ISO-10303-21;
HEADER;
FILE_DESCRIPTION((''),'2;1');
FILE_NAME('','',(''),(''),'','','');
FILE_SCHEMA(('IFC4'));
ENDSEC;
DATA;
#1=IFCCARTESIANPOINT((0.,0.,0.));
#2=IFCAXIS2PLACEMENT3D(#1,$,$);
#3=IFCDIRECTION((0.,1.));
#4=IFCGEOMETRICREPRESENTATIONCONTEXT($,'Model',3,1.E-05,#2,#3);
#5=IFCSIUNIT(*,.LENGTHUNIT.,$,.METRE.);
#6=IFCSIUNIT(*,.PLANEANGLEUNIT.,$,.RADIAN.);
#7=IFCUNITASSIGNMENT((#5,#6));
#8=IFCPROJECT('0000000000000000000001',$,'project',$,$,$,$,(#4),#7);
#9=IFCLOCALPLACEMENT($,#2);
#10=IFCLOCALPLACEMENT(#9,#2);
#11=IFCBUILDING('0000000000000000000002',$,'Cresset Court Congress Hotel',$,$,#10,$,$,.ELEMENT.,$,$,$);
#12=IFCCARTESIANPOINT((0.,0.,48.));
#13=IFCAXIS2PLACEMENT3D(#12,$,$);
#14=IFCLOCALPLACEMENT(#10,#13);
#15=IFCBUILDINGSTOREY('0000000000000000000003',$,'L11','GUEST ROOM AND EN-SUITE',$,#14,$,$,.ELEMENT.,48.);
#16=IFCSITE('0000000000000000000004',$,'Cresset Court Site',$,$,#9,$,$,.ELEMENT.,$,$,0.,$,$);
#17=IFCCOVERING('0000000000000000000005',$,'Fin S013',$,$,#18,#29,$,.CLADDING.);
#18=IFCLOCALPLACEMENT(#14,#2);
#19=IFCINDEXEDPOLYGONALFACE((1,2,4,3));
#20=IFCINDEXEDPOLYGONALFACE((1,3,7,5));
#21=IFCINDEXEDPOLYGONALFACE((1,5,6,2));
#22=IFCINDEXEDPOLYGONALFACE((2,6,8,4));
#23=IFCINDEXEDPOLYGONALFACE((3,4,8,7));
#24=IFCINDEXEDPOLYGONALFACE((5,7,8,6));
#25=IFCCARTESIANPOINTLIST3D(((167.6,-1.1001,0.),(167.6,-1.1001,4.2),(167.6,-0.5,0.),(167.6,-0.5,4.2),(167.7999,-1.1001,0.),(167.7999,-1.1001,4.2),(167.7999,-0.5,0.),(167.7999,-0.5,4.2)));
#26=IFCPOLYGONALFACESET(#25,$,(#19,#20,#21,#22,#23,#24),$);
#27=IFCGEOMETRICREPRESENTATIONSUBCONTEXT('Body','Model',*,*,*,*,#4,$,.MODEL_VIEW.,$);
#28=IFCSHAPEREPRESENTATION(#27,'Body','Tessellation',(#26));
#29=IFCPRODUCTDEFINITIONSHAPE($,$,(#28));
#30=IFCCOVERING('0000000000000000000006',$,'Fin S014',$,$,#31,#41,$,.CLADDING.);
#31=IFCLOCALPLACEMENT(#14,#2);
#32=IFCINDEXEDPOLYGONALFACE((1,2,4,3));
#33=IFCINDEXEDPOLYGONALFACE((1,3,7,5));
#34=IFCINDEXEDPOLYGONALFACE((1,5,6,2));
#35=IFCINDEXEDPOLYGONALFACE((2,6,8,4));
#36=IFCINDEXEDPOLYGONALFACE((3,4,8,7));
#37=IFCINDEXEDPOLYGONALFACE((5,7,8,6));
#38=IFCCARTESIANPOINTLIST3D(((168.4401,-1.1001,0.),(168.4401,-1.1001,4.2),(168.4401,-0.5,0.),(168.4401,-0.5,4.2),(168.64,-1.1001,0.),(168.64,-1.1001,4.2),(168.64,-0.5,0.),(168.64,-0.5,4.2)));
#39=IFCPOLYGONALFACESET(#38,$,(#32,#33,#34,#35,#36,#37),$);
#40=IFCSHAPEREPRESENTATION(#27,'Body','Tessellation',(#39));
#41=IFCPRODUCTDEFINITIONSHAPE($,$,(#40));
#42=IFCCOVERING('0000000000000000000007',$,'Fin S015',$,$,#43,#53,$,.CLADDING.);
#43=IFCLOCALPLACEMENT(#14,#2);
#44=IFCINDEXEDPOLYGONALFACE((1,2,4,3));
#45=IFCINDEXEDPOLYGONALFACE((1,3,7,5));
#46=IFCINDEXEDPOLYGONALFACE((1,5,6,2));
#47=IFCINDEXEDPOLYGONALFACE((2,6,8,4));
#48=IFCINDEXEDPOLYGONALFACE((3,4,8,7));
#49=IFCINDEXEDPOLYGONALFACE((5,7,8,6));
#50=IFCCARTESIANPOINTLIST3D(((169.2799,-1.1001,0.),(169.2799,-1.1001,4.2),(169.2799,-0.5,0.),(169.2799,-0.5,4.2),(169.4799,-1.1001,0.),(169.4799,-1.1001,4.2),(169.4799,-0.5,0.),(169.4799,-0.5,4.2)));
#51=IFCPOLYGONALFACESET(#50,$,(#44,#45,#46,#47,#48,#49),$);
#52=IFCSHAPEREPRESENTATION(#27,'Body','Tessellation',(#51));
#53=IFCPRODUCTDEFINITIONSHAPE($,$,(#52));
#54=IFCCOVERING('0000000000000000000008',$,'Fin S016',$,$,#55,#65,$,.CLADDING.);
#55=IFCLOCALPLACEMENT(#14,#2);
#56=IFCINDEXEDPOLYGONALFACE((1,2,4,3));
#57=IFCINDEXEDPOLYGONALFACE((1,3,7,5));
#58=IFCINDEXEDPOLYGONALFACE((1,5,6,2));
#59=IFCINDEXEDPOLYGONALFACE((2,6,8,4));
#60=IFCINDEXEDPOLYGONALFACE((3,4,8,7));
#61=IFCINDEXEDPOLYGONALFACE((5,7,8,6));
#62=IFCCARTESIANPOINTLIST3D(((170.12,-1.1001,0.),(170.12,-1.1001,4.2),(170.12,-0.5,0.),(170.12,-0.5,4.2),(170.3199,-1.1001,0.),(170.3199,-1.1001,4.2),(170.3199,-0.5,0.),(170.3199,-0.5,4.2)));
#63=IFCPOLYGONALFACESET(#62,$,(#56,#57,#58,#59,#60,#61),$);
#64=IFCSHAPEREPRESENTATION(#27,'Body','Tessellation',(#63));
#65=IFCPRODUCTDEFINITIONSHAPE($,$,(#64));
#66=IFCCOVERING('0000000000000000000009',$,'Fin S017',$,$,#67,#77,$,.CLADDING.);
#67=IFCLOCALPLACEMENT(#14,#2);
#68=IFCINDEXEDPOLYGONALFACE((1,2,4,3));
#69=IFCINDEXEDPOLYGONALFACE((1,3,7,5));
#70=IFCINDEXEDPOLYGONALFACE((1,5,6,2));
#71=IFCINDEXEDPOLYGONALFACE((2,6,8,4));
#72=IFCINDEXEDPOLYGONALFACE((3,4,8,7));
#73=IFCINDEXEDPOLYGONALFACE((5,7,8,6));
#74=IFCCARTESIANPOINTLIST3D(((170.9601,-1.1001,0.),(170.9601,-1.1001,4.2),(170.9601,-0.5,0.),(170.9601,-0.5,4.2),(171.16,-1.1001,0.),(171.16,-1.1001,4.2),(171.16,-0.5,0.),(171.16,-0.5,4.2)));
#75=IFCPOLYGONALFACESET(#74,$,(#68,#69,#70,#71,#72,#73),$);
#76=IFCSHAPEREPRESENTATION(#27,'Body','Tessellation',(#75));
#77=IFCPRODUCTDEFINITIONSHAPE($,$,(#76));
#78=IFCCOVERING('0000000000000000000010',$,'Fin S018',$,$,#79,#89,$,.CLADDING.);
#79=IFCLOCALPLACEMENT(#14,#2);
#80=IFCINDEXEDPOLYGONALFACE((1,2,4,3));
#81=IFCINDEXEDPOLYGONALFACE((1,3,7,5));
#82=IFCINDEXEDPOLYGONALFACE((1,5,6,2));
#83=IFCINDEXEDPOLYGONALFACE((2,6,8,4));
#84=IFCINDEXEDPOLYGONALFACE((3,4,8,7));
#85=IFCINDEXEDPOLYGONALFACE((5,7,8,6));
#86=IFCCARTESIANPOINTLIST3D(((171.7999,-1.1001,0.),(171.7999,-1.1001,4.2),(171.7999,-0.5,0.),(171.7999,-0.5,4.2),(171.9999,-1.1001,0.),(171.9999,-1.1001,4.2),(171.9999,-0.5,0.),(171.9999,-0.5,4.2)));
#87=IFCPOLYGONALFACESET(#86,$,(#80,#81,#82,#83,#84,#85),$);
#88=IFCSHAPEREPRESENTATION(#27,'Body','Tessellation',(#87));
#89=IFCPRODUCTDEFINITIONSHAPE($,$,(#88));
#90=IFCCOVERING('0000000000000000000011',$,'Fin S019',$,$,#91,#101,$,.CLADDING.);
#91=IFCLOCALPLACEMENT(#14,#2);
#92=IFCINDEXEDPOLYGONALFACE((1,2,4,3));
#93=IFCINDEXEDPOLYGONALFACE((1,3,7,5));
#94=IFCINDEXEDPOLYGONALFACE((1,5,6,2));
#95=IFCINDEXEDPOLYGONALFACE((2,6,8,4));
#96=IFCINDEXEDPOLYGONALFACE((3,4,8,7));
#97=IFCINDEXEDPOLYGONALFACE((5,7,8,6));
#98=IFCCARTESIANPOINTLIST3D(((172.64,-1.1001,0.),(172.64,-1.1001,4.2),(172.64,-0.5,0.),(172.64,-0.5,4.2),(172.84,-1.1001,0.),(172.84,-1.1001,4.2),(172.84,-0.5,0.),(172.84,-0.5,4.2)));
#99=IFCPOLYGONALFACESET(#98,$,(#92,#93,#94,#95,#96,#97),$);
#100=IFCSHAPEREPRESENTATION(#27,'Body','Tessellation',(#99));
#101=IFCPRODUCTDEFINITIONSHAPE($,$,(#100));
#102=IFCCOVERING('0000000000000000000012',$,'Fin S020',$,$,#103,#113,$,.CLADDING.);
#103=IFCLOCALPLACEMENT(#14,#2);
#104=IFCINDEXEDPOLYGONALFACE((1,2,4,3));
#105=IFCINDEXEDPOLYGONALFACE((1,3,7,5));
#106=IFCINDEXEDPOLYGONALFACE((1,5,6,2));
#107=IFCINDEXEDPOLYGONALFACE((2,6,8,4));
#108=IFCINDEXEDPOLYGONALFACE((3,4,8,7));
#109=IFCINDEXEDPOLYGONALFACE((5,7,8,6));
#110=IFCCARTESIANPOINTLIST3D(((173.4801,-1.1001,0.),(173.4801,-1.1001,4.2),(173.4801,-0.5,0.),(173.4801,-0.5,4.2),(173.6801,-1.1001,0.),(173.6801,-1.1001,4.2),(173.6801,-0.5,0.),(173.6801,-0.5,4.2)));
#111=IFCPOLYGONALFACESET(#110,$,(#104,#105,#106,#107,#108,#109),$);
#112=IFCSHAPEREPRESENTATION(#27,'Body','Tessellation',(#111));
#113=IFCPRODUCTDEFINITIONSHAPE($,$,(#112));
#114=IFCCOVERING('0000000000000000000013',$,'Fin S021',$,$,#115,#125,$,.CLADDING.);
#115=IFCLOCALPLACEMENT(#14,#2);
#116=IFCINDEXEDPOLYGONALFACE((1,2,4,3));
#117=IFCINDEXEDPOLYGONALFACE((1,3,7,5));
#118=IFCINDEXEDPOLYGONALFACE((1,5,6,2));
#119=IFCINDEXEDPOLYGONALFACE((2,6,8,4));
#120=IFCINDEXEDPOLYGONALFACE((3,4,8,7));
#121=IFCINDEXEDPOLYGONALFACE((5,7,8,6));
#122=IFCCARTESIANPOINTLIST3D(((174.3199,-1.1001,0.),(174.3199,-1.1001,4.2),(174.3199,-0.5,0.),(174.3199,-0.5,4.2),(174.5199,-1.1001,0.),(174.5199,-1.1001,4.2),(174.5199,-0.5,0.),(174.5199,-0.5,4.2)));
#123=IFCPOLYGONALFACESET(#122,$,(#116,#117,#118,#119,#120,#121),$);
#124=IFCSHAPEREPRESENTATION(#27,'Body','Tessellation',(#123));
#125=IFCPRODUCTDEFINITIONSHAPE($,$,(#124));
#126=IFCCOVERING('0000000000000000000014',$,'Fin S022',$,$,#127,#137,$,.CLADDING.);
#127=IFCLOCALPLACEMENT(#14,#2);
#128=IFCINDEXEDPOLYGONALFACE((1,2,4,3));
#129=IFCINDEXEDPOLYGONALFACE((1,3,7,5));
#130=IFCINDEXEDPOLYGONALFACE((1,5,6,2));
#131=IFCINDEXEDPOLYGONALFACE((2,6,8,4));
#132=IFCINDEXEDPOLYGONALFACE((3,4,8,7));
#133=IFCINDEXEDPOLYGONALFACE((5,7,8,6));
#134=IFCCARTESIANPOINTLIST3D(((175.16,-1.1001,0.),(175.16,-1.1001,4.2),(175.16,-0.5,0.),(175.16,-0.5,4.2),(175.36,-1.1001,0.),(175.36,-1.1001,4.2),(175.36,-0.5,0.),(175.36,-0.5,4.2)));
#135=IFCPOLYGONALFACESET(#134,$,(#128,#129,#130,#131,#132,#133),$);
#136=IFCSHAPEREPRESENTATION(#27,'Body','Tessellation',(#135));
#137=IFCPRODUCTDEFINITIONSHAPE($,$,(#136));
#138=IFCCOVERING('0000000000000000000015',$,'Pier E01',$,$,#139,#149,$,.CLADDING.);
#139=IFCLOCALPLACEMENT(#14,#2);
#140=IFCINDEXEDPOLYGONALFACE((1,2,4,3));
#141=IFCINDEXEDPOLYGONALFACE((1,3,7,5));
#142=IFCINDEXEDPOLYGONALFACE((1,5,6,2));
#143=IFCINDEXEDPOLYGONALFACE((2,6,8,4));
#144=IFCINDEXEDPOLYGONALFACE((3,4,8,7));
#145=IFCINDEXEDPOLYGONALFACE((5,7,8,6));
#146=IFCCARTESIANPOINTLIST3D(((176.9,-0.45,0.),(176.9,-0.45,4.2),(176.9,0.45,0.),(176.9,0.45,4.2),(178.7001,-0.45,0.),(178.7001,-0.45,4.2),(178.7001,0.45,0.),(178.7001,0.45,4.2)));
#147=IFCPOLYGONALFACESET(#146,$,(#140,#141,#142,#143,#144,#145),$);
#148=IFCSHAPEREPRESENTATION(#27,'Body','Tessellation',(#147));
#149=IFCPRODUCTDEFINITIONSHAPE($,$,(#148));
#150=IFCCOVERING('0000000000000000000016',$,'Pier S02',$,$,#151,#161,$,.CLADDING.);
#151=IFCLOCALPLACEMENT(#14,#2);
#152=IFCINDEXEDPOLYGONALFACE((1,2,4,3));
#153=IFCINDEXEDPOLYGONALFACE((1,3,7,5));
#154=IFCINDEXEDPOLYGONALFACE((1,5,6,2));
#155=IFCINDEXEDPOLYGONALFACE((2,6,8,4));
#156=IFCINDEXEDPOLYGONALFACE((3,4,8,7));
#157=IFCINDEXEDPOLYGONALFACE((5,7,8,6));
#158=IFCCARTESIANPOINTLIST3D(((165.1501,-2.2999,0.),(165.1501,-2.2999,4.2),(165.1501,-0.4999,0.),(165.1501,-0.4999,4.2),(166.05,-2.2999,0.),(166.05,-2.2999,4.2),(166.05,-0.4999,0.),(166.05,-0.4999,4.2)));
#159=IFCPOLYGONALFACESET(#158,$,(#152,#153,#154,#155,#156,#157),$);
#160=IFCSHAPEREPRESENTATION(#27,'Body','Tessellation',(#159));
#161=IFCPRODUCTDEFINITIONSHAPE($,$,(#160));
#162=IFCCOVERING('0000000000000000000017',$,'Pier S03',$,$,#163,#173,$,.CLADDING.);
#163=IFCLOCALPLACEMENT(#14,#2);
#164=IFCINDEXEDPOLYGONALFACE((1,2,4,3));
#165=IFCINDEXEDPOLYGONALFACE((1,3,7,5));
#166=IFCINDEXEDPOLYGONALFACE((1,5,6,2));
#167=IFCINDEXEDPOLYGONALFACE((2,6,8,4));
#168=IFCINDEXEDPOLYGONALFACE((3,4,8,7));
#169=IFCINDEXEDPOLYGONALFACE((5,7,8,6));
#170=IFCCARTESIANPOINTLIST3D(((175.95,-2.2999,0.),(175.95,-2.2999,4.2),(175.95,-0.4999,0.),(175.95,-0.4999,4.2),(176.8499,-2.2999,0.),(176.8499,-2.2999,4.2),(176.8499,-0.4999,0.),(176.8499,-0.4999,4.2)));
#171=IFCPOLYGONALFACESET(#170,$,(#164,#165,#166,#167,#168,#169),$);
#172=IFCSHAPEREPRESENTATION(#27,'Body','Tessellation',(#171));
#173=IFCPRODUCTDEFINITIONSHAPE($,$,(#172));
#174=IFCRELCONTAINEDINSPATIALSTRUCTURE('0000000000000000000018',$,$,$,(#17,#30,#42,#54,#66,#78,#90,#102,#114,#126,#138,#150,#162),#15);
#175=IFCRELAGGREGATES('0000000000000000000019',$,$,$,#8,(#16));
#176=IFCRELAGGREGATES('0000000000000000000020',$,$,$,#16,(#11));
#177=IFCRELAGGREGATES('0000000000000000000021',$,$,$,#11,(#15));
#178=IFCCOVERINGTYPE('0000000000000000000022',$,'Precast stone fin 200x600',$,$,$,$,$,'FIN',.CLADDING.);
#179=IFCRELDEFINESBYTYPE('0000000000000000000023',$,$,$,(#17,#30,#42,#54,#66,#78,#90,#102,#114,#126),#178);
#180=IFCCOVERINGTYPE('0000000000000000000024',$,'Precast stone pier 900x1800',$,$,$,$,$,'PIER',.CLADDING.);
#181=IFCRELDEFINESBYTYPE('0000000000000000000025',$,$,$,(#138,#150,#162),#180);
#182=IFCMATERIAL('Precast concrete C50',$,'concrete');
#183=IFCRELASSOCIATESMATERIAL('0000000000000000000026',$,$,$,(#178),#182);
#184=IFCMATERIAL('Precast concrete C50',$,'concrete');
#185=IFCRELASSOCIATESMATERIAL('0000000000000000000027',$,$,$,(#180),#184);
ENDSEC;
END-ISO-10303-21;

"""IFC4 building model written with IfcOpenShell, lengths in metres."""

from ifc_helpers import new_model, si_unit, direction, frame, origin, origin_2d, place, context, subcontext, project, spatial, rectangle, extrude, material, type_object, element, save


model = new_model("IFC4")

# Units and contexts
model_context = context("Model", 3, precision=1e-05, world=origin(), true_north=direction((0.0, 1.0)))
body_context = subcontext(model_context, "Body", "Model", "MODEL_VIEW")
ifc_project = project(units=[si_unit("LENGTHUNIT", "METRE"), si_unit("PLANEANGLEUNIT", "RADIAN")], contexts=[model_context])

# Site, building, storey
site_placement = place(None, origin())
site = spatial("IfcSite", under=ifc_project, at=site_placement, Name="Cresset Court Site", CompositionType="ELEMENT", RefElevation=0.0)
building_placement = place(site_placement, origin())
building = spatial("IfcBuilding", under=site, at=building_placement, Name="Cresset Court Congress Hotel", CompositionType="ELEMENT")
storey_placement = place(building_placement, frame((0.0, 0.0, 48.0)))
storey = spatial("IfcBuildingStorey", under=building, at=storey_placement, Name="L11", Description="GUEST ROOM AND EN-SUITE", CompositionType="ELEMENT", Elevation=48.0)

# Coverings
ifc_material_1 = material(Name="Precast concrete C50", Category="concrete")
covering_type_1 = type_object("IfcCoveringType", Name="Precast stone fin 200x600", ElementType="FIN", PredefinedType="CLADDING", material=ifc_material_1)
for number, where, z_axis, x_axis, name in (
    (1, (167.7, -0.8, 0.0), (0.0, 0.0, 1.0), (1.0, 0.0, 0.0), "Fin S013"),
    (2, (168.54, -0.8, 0.0), (0.0, 0.0, 1.0), (1.0, 0.0, 0.0), "Fin S014"),
    (3, (169.3799, -0.8, 0.0), (0.0, 0.0, 1.0), (1.0, 0.0, 0.0), "Fin S015"),
    (4, (170.22, -0.8, 0.0), (0.0, 0.0, 1.0), (1.0, 0.0, 0.0), "Fin S016"),
    (5, (171.0601, -0.8, 0.0), (0.0, 0.0, 1.0), (1.0, 0.0, 0.0), "Fin S017"),
    (6, (171.8999, -0.8, 0.0), (0.0, 0.0, 1.0), (1.0, 0.0, 0.0), "Fin S018"),
    (7, (172.74, -0.8, 0.0), (0.0, 0.0, 1.0), (1.0, 0.0, 0.0), "Fin S019"),
    (8, (173.5801, -0.8, 0.0), (0.0, 0.0, 1.0), (1.0, 0.0, 0.0), "Fin S020"),
    (9, (174.4199, -0.8, 0.0), (0.0, 0.0, 1.0), (1.0, 0.0, 0.0), "Fin S021"),
    (10, (175.26, -0.8, 0.0), (0.0, 0.0, 1.0), (1.0, 0.0, 0.0), "Fin S022"),
):
    element("IfcCovering", number, at=place(storey_placement, frame(where, z_axis=z_axis, x_axis=x_axis)), inside=storey, type_object=covering_type_1, Name=name, PredefinedType="CLADDING", context=body_context, shape_type="SweptSolid", body=[
        extrude(rectangle(XDim=0.2, YDim=0.6001, at=origin_2d()), origin(), (0.0, 0.0, 1.0), 4.2),
    ])
ifc_material_2 = material(Name="Precast concrete C50", Category="concrete")
covering_type_2 = type_object("IfcCoveringType", Name="Precast stone pier 900x1800", ElementType="PIER", PredefinedType="CLADDING", material=ifc_material_2)
covering_placement = place(storey_placement, frame((177.8, 0.0, 0.0), z_axis=(0.0, 0.0, 1.0), x_axis=(1.0, 0.0, 0.0)))
element("IfcCovering", 11, at=covering_placement, inside=storey, type_object=covering_type_2, Name="Pier E01", PredefinedType="CLADDING", context=body_context, shape_type="SweptSolid", body=[
    extrude(rectangle(XDim=1.8, YDim=0.8999, at=origin_2d()), origin(), (0.0, 0.0, 1.0), 4.2),
])
for number, where, z_axis, x_axis, name in (
    (12, (165.6001, -1.3999, 0.0), (0.0, 0.0, 1.0), (1.0, 0.0, 0.0), "Pier S02"),
    (13, (176.3999, -1.3999, 0.0), (0.0, 0.0, 1.0), (1.0, 0.0, 0.0), "Pier S03"),
):
    element("IfcCovering", number, at=place(storey_placement, frame(where, z_axis=z_axis, x_axis=x_axis)), inside=storey, type_object=covering_type_2, Name=name, PredefinedType="CLADDING", context=body_context, shape_type="SweptSolid", body=[
        extrude(rectangle(XDim=0.8999, YDim=1.8, at=origin_2d()), origin(), (0.0, 0.0, 1.0), 4.2),
    ])

save(model, "model.ifc")
